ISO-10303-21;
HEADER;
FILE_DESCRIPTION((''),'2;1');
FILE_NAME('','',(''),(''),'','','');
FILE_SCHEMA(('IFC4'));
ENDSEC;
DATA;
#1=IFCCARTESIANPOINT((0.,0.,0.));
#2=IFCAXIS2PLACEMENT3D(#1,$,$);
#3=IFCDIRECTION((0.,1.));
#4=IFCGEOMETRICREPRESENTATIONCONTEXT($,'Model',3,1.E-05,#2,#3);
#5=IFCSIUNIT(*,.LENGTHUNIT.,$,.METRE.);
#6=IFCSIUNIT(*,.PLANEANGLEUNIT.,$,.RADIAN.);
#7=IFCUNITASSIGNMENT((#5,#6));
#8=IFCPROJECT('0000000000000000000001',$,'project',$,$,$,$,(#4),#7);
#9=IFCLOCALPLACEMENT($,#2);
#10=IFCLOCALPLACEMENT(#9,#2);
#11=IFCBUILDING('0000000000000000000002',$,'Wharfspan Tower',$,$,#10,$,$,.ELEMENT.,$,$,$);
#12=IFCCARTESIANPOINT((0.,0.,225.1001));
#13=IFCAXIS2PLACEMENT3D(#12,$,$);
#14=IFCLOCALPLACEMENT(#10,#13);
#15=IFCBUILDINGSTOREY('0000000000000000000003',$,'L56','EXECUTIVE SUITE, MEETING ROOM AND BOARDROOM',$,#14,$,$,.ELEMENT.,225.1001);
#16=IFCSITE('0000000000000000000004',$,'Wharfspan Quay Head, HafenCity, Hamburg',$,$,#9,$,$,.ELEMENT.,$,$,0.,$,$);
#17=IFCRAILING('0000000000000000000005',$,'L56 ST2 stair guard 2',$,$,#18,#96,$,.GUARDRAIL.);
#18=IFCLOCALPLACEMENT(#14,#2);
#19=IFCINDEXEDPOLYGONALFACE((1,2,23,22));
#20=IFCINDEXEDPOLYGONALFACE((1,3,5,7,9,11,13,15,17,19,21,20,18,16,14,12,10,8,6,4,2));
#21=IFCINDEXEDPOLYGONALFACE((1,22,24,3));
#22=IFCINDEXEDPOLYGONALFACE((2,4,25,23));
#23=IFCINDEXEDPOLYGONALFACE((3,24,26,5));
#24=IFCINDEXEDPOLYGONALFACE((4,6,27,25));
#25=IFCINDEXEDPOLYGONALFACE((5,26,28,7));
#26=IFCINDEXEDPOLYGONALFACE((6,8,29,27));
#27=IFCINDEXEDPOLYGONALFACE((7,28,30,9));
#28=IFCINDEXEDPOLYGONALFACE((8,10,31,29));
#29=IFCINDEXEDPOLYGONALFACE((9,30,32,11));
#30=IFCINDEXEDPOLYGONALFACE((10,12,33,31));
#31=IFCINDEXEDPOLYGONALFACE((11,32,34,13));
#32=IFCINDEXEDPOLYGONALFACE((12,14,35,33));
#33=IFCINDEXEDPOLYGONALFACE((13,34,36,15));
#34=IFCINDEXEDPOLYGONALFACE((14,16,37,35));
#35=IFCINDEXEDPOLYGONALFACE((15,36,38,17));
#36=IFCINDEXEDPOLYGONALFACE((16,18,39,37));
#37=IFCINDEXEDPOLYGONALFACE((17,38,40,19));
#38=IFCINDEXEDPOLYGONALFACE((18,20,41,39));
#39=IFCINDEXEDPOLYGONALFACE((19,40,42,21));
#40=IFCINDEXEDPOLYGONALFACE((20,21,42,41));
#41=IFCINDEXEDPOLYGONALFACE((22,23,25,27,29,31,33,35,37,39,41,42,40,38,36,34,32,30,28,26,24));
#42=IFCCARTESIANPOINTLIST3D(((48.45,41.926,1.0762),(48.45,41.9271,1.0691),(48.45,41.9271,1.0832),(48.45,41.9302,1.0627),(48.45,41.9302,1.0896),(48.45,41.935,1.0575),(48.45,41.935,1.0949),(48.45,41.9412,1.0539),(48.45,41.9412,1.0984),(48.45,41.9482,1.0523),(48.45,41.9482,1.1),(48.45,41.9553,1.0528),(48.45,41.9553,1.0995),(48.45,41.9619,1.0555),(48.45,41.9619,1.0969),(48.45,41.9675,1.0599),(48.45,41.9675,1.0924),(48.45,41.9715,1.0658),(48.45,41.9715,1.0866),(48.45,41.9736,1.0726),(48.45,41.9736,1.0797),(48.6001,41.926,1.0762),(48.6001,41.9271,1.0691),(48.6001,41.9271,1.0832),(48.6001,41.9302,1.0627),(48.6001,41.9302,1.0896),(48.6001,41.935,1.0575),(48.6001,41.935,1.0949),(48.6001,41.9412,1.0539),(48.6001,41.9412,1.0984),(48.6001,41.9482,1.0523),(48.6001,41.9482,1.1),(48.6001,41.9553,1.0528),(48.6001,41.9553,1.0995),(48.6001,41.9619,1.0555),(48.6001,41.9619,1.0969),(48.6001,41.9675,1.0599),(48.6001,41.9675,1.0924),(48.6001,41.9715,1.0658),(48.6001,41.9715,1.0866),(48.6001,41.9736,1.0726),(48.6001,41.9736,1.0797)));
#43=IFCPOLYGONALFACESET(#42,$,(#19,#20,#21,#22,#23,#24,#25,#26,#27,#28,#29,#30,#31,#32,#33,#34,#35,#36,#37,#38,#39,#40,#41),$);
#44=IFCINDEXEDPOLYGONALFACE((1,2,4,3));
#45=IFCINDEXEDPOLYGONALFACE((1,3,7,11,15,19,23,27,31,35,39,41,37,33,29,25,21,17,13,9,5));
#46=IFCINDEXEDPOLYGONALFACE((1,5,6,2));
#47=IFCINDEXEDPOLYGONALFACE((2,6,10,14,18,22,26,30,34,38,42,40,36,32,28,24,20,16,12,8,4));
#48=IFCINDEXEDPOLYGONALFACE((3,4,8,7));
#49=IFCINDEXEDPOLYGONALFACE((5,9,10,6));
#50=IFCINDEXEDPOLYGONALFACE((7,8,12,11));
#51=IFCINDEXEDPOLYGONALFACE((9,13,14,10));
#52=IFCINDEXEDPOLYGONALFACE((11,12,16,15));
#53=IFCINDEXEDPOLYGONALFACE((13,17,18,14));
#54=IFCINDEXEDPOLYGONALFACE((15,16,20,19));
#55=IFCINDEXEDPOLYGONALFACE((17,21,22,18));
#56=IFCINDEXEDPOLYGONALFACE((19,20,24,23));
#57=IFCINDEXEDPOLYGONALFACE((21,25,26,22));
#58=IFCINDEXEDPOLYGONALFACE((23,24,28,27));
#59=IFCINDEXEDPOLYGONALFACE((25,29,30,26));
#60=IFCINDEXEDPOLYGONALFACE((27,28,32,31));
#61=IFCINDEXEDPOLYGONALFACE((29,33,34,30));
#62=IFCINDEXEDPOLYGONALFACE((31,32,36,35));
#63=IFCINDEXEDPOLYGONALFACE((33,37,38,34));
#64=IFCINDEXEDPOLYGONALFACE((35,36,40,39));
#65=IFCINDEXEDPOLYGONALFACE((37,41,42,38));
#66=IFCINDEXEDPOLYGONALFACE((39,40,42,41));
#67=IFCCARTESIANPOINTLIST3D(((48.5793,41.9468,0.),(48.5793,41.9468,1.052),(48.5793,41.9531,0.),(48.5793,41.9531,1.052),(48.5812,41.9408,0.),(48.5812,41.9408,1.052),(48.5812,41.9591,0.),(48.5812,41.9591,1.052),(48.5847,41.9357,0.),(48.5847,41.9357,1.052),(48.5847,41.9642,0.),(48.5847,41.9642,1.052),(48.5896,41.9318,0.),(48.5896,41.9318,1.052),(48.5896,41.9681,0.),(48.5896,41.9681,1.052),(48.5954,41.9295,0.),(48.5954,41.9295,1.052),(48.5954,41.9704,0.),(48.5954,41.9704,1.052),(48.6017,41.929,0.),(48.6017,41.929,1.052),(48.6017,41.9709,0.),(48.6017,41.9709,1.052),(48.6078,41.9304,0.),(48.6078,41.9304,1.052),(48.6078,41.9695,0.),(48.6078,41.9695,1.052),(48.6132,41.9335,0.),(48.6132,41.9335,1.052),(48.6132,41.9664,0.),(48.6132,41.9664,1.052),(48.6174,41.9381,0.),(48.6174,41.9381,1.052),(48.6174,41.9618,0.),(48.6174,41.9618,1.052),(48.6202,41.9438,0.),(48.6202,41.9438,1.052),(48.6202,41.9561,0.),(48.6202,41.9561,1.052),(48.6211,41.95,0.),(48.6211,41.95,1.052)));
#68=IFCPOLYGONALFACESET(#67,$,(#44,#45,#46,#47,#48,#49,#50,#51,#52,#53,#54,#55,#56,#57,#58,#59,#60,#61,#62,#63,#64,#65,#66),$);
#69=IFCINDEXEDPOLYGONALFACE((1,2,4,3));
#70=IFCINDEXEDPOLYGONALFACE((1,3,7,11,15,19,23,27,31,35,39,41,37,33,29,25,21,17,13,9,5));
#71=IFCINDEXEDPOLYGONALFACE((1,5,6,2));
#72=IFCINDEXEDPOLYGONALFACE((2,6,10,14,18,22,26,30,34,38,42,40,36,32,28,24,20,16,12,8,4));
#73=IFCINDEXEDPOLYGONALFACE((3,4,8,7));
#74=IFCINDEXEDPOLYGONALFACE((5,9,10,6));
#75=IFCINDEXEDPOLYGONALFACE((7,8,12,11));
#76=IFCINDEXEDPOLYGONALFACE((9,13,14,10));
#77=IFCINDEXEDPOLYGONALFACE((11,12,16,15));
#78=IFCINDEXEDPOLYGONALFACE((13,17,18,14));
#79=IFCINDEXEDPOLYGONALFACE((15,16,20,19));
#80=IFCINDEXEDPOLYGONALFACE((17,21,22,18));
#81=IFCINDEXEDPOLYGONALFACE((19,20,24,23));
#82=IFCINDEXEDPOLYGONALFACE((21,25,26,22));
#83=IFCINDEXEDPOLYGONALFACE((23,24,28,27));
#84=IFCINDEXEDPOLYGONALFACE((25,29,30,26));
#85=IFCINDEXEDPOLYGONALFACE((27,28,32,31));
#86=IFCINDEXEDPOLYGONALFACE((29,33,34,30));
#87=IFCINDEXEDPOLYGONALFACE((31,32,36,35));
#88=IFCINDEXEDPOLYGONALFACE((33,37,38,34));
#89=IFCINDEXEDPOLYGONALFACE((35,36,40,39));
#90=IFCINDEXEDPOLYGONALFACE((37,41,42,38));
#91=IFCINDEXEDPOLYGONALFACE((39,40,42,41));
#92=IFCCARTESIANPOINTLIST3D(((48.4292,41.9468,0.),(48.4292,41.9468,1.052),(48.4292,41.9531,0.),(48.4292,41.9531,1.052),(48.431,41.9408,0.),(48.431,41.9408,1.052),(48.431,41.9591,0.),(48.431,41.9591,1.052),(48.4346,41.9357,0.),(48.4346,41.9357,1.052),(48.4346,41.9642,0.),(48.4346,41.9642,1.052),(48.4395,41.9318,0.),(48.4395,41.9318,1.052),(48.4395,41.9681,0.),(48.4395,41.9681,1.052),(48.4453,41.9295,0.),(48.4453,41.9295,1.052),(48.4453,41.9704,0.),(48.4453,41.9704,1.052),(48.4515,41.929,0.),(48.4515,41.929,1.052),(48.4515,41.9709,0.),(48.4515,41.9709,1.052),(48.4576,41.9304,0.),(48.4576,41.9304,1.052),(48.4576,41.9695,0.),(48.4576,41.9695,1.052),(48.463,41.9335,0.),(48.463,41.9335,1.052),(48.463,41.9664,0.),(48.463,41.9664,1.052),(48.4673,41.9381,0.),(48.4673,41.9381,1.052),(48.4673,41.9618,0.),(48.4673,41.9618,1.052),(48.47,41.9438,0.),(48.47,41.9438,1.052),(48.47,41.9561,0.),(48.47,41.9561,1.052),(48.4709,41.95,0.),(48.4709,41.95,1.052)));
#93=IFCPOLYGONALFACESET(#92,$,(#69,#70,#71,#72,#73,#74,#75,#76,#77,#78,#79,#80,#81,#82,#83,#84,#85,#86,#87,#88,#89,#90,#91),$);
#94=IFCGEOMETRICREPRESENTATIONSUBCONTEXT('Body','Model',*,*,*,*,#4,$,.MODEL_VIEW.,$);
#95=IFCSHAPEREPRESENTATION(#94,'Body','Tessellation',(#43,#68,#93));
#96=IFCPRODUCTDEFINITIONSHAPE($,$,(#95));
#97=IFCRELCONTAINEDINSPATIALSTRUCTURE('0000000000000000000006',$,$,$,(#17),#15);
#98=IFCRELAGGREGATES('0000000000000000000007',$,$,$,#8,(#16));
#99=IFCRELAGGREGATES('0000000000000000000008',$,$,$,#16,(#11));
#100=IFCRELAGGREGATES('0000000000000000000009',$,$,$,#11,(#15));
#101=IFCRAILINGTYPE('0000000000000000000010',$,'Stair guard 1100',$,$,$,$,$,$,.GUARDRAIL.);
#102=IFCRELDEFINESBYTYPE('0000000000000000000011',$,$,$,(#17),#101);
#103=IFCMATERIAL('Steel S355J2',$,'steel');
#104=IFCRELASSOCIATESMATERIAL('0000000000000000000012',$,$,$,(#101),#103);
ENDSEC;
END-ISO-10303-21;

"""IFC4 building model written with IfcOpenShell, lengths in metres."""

from ifc_helpers import new_model, si_unit, direction, frame, origin, origin_2d, place, context, subcontext, project, spatial, circle, extrude, material, type_object, element, save


model = new_model("IFC4")

# Units and contexts
model_context = context("Model", 3, precision=1e-05, world=origin(), true_north=direction((0.0, 1.0)))
body_context = subcontext(model_context, "Body", "Model", "MODEL_VIEW")
ifc_project = project(units=[si_unit("LENGTHUNIT", "METRE"), si_unit("PLANEANGLEUNIT", "RADIAN")], contexts=[model_context])

# Site, building, storey
site_placement = place(None, origin())
site = spatial("IfcSite", under=ifc_project, at=site_placement, Name="Wharfspan Quay Head, HafenCity, Hamburg", CompositionType="ELEMENT", RefElevation=0.0)
building_placement = place(site_placement, origin())
building = spatial("IfcBuilding", under=site, at=building_placement, Name="Wharfspan Tower", CompositionType="ELEMENT")
storey_placement = place(building_placement, frame((0.0, 0.0, 225.1001)))
storey = spatial("IfcBuildingStorey", under=building, at=storey_placement, Name="L56", Description="EXECUTIVE SUITE, MEETING ROOM AND BOARDROOM", CompositionType="ELEMENT", Elevation=225.1001)

# Shared definitions
ifc_material_1 = material(Name="Steel S355J2", Category="steel")

# Railing
railing_type_1 = type_object("IfcRailingType", Name="Stair guard 1100", PredefinedType="GUARDRAIL", material=ifc_material_1)
railing_1_placement = place(storey_placement, frame((48.6001, 41.95, 0.0)))
element("IfcRailing", 1, at=railing_1_placement, inside=storey, type_object=railing_type_1, Name="L56 ST2 stair guard 2", PredefinedType="GUARDRAIL", context=body_context, shape_type="SweptSolid", body=[
    extrude(circle(Radius=0.0239, at=origin_2d()), frame((0.0, 0.0, 1.0762), z_axis=(-1.0, 0.0, 0.0), x_axis=(0.0, -1.0, 0.0)), (0.0, 0.0, 1.0), 0.1501),
    extrude(circle(Radius=0.021, at=origin_2d()), origin(), (0.0, 0.0, 1.0), 1.052),
    extrude(circle(Radius=0.021, at=origin_2d()), frame((-0.1501, 0.0, 0.0)), (0.0, 0.0, 1.0), 1.052),
])

save(model, "model.ifc")
